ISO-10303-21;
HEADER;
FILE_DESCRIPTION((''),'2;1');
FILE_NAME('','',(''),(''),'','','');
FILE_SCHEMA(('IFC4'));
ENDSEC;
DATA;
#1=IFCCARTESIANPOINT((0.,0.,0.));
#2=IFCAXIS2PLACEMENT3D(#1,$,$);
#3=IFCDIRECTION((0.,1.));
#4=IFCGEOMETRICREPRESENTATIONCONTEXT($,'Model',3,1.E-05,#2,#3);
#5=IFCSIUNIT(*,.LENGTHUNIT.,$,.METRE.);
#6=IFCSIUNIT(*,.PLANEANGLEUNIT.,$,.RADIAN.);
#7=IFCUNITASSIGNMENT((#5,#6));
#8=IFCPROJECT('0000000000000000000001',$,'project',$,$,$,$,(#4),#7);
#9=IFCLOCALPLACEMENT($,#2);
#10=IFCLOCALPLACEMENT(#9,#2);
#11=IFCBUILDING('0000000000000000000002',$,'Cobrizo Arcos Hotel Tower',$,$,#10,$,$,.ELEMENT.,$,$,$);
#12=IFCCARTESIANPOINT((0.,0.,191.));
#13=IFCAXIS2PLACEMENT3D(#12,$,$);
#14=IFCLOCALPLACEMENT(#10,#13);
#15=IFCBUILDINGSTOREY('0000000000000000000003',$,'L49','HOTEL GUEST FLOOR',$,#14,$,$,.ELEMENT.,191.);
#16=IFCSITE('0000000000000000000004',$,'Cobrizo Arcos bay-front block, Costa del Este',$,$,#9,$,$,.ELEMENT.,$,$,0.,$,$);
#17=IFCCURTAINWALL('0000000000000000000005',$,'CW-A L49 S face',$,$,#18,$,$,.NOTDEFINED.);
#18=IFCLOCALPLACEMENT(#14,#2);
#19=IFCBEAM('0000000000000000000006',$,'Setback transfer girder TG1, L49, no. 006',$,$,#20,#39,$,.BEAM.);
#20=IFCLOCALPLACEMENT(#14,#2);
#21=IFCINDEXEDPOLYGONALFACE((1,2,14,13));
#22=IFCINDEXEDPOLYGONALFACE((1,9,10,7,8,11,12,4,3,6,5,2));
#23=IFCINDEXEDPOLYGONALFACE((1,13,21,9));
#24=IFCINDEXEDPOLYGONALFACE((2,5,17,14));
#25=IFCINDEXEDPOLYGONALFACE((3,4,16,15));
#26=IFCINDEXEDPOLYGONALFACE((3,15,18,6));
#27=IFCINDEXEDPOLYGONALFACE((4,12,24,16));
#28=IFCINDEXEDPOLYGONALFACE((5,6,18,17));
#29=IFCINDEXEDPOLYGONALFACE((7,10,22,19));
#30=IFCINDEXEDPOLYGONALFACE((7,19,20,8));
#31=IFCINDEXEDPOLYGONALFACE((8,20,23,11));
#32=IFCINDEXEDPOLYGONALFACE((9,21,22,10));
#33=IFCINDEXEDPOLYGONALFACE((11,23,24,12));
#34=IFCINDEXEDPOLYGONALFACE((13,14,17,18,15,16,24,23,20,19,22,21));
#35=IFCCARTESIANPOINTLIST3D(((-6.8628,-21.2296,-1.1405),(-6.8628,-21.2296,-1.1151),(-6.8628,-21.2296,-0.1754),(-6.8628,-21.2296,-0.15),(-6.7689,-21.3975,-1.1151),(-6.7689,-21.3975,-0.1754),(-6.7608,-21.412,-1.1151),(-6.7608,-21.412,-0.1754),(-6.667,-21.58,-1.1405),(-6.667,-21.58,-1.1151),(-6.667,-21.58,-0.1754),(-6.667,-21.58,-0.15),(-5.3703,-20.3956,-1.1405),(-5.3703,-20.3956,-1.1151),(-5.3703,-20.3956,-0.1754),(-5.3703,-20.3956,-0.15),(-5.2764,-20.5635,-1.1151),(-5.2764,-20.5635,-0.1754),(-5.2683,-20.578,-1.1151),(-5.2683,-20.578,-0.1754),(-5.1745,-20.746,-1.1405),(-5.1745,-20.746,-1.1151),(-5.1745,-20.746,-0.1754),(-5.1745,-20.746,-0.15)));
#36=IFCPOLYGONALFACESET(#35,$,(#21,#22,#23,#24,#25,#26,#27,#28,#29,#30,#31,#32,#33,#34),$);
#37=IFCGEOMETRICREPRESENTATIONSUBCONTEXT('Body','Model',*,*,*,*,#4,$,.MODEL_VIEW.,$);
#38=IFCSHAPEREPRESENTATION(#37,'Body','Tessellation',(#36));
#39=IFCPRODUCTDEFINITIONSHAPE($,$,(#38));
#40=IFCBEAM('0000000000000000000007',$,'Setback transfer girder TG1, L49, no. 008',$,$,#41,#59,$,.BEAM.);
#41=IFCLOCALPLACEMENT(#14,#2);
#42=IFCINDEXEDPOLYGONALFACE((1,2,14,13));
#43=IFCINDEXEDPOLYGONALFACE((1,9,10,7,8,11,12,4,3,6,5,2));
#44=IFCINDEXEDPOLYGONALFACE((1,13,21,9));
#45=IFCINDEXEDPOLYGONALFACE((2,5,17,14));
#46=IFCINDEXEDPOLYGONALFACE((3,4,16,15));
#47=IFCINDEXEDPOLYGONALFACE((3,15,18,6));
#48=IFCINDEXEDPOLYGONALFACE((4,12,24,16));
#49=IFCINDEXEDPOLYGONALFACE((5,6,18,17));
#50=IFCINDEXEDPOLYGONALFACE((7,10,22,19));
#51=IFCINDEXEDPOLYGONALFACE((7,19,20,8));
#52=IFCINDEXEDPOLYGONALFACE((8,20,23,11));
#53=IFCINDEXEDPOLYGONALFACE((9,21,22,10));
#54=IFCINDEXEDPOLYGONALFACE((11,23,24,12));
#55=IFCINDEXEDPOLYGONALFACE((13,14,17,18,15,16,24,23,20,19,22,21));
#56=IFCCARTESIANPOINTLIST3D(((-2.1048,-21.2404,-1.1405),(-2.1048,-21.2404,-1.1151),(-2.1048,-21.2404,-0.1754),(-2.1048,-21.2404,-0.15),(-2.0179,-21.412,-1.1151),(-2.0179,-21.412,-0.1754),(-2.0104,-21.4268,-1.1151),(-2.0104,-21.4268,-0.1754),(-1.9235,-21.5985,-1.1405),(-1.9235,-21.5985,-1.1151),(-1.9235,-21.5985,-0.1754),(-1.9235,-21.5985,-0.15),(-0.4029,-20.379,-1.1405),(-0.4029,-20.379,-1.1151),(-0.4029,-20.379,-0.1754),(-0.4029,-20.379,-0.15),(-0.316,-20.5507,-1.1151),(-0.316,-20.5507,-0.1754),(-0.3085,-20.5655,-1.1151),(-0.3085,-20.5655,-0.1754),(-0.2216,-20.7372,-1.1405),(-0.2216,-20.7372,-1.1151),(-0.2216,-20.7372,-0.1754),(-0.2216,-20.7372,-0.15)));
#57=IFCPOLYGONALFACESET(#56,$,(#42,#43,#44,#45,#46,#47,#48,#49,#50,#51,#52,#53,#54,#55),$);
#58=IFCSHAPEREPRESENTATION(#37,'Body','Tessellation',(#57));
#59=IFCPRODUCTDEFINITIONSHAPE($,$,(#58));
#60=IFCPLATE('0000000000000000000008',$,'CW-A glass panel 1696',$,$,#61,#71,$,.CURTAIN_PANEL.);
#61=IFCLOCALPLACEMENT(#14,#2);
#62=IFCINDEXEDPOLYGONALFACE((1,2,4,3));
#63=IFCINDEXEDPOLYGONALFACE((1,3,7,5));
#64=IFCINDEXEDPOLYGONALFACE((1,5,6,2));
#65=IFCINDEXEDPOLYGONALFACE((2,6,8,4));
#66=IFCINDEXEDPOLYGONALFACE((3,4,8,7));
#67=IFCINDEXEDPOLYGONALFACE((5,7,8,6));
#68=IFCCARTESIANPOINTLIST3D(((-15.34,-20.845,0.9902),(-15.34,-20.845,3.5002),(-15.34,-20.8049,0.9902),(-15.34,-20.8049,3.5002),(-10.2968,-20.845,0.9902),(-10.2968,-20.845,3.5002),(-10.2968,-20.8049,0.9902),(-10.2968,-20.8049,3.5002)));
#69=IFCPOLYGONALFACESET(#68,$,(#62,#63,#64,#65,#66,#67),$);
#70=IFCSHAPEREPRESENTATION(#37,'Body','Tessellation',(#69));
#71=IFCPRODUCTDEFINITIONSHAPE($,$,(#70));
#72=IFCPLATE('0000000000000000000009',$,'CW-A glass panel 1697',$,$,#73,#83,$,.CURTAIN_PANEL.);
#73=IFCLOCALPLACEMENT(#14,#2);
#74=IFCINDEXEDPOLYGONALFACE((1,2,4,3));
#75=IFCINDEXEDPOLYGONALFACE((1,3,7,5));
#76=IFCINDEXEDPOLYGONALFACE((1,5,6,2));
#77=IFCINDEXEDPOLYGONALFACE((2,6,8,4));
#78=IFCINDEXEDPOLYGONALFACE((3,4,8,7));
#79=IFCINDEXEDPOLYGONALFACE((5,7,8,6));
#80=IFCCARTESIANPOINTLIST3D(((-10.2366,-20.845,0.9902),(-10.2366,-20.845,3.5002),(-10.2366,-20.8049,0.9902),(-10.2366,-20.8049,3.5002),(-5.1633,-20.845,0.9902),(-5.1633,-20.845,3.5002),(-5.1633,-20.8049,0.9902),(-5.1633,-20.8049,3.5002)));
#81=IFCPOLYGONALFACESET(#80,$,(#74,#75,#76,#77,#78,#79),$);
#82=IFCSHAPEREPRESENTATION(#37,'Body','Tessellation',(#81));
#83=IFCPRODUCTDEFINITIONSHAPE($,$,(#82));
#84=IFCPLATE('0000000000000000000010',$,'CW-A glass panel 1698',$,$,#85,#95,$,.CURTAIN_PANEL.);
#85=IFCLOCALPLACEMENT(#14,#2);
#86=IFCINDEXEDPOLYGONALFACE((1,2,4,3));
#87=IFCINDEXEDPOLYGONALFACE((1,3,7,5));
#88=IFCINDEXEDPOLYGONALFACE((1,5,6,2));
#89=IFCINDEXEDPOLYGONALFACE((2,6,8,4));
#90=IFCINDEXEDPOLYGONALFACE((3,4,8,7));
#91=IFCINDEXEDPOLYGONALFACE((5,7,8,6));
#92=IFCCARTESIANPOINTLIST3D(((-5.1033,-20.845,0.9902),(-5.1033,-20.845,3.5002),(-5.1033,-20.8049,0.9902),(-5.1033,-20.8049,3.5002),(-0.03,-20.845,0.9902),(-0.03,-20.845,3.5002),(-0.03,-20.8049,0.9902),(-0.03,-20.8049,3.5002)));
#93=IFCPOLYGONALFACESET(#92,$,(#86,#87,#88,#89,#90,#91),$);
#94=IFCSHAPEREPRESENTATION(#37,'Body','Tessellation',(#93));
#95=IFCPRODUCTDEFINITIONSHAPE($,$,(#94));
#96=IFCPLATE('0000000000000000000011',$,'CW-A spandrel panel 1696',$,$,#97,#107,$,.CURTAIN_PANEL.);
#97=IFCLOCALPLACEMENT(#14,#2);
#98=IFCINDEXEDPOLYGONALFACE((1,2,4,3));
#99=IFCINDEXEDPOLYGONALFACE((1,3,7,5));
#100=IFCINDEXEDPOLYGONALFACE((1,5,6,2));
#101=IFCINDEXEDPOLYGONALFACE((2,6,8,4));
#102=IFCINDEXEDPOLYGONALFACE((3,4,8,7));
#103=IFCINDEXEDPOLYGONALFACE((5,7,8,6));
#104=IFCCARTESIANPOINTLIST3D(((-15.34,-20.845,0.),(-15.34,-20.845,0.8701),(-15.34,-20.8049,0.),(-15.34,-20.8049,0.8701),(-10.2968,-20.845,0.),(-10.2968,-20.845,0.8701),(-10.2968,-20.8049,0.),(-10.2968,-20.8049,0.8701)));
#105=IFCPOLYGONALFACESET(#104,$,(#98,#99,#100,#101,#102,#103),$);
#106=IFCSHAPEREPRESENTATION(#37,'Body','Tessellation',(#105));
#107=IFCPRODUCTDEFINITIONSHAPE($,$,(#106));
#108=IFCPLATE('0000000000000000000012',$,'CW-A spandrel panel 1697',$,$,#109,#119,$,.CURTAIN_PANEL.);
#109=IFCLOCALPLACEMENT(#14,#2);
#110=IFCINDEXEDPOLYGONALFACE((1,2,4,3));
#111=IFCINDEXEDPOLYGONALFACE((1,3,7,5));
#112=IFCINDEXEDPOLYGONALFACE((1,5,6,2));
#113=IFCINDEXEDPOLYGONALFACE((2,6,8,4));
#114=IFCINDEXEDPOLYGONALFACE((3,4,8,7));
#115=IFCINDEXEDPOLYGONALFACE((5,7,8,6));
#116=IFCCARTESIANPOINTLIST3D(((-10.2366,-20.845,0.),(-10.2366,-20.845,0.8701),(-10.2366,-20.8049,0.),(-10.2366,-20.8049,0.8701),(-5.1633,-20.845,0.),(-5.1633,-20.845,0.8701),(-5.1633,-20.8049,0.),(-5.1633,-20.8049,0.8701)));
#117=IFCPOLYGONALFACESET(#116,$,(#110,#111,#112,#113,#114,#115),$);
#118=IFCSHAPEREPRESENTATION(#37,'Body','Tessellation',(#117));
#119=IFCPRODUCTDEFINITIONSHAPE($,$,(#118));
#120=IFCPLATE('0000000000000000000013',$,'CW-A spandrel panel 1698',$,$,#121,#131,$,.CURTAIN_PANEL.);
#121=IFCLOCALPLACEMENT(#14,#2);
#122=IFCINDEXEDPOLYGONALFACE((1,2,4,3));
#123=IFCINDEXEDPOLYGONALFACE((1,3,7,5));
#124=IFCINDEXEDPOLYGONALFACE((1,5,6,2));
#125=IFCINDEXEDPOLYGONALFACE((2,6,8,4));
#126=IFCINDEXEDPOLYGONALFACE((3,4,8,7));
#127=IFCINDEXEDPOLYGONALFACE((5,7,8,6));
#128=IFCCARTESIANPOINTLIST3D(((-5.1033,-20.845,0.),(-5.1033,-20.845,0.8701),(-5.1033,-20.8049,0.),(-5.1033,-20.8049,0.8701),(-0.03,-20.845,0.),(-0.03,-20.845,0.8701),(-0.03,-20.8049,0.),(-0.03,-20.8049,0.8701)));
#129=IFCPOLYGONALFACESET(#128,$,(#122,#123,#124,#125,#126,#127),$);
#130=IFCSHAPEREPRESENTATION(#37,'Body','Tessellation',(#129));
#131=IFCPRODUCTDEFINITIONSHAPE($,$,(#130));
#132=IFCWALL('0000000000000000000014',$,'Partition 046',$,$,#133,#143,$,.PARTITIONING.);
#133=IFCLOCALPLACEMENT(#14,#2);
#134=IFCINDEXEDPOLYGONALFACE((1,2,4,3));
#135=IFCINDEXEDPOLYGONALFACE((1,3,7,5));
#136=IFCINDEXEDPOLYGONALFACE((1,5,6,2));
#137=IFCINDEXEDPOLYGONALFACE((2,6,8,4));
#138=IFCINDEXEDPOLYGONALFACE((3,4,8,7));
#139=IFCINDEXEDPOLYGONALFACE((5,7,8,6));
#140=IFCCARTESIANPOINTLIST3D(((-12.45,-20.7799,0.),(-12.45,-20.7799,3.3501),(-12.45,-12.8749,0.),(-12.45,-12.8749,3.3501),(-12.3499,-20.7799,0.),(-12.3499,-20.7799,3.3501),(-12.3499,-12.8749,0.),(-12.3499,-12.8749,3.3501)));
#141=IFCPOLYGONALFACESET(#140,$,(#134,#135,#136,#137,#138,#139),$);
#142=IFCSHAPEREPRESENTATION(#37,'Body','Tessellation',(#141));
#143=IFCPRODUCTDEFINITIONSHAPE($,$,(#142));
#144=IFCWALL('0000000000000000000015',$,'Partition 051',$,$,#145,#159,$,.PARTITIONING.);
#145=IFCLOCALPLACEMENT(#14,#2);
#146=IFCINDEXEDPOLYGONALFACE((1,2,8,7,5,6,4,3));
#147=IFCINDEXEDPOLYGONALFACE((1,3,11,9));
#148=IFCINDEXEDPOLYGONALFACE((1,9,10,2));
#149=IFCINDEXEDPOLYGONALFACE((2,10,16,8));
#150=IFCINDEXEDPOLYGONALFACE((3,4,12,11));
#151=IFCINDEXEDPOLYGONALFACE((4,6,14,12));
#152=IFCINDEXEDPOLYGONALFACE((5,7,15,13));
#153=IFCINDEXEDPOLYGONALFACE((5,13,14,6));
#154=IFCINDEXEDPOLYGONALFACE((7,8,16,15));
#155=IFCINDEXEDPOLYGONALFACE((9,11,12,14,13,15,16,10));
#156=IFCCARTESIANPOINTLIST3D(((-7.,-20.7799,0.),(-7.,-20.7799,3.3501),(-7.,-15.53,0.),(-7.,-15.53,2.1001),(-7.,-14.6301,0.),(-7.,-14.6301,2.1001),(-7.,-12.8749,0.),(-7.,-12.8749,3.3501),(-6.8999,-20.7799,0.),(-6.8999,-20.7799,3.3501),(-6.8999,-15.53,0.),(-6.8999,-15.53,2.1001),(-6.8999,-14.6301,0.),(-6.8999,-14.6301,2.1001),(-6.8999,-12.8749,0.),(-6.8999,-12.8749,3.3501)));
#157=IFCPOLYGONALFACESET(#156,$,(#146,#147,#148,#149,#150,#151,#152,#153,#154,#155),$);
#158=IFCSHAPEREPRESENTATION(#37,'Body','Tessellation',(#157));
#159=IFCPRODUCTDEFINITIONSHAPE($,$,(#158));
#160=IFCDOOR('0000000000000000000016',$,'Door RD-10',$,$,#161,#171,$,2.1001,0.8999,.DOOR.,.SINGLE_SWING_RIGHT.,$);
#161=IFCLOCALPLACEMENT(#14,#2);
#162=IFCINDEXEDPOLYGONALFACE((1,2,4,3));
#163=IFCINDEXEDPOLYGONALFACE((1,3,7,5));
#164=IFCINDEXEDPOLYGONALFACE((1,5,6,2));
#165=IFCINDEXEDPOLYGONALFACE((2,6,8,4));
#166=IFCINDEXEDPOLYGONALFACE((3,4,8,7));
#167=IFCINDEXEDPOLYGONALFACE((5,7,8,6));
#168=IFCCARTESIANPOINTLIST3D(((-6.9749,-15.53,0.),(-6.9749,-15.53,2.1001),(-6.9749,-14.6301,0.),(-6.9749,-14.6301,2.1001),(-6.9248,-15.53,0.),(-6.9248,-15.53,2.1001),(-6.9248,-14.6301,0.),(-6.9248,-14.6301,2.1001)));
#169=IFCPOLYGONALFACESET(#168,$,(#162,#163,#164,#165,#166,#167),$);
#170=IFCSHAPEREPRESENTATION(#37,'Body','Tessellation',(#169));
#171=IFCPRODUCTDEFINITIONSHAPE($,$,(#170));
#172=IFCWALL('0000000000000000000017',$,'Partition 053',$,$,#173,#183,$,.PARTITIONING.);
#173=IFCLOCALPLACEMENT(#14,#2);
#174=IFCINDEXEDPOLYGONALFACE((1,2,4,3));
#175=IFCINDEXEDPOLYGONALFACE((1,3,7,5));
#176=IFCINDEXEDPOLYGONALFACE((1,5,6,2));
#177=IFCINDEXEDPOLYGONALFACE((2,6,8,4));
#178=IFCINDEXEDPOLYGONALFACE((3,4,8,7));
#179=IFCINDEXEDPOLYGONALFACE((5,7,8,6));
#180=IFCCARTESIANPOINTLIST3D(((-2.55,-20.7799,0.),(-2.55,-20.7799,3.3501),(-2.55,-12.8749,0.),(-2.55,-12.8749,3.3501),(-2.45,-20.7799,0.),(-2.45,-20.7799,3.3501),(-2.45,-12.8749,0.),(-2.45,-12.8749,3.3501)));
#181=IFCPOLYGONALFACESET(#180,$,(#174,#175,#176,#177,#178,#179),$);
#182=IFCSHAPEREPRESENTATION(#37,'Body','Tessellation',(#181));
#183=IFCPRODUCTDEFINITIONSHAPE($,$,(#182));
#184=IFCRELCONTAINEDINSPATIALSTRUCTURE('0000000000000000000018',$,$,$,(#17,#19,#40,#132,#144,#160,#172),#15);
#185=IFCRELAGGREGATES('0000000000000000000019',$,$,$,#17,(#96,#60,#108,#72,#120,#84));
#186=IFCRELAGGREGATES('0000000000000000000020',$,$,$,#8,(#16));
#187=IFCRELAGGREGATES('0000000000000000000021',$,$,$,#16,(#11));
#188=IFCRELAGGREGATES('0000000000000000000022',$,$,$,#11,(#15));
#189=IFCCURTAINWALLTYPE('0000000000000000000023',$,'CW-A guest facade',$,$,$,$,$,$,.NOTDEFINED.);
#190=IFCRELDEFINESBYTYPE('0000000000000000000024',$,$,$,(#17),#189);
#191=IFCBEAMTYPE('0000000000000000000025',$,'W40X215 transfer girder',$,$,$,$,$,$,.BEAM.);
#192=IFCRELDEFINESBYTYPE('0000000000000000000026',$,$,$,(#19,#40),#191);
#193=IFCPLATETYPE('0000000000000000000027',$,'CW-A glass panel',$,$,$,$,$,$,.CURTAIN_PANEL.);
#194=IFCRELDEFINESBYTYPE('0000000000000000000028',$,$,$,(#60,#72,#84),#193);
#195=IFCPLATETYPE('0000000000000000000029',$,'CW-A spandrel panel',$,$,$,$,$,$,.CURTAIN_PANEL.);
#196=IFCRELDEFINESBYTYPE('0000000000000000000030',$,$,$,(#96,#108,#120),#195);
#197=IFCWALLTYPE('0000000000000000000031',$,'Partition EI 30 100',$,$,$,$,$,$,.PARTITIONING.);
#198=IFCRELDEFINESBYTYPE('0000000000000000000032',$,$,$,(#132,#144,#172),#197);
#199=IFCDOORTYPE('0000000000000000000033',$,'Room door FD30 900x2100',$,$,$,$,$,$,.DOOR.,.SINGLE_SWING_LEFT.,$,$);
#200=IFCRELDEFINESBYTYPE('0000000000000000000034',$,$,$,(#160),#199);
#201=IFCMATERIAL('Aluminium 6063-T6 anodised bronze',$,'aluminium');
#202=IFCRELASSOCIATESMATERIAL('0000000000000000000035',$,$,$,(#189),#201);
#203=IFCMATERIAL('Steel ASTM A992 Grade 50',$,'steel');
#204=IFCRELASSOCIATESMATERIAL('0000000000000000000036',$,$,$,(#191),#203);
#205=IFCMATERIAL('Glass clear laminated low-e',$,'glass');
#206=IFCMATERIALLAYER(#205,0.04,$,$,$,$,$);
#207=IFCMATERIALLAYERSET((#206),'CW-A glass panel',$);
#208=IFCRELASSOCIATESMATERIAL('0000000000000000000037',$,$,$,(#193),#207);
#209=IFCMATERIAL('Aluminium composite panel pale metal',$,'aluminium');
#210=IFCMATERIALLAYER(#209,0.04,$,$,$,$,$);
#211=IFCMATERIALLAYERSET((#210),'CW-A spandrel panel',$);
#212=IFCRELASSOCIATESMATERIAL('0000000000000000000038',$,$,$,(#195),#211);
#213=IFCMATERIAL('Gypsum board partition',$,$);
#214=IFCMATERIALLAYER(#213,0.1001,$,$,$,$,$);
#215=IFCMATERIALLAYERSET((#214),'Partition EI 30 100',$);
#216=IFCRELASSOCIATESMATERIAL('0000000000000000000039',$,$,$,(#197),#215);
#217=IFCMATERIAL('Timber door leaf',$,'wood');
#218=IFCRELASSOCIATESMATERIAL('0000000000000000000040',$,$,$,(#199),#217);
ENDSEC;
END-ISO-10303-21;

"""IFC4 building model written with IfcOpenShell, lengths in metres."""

from ifc_helpers import new_model, si_unit, direction, frame, frame_2d, origin, origin_2d, place, context, subcontext, project, spatial, rectangle, i_section, extrude, material, layer, layer_set, material_profile, profile_set, type_object, element, fill, aggregate, save


model = new_model("IFC4")

# Units and contexts
model_context = context("Model", 3, precision=1e-05, world=origin(), true_north=direction((0.0, 1.0)))
body_context = subcontext(model_context, "Body", "Model", "MODEL_VIEW")
ifc_project = project(units=[si_unit("LENGTHUNIT", "METRE"), si_unit("PLANEANGLEUNIT", "RADIAN")], contexts=[model_context])

# Site, building, storey
site_placement = place(None, origin())
site = spatial("IfcSite", under=ifc_project, at=site_placement, Name="Cobrizo Arcos bay-front block, Costa del Este", CompositionType="ELEMENT", RefElevation=0.0)
building_placement = place(site_placement, origin())
building = spatial("IfcBuilding", under=site, at=building_placement, Name="Cobrizo Arcos Hotel Tower", CompositionType="ELEMENT")
storey_placement = place(building_placement, frame((0.0, 0.0, 191.0)))
storey = spatial("IfcBuildingStorey", under=building, at=storey_placement, Name="L49", Description="HOTEL GUEST FLOOR", CompositionType="ELEMENT", Elevation=191.0)

# Curtain wall
ifc_material_1 = material(Name="Aluminium 6063-T6 anodised bronze", Category="aluminium")
curtain_wall_type = type_object("IfcCurtainWallType", Name="CW-A guest facade", PredefinedType="NOTDEFINED", material=ifc_material_1)
curtain_wall_placement = place(storey_placement, origin())
curtain_wall = element("IfcCurtainWall", 1, at=curtain_wall_placement, inside=storey, type_object=curtain_wall_type, Name="CW-A L49 S face", PredefinedType="NOTDEFINED")

# Beams
ifc_material_2 = material(Name="Steel ASTM A992 Grade 50", Category="steel")
ifc_material_profile_1 = material_profile(ifc_material_2, i_section(OverallWidth=0.4014, OverallDepth=0.9905, WebThickness=0.0166, FlangeThickness=0.0254, at=origin_2d()), Name="W40X215")
ifc_profile_set_1 = profile_set([ifc_material_profile_1], Name="Steel ASTM A992 Grade 50")
beam_type_1 = type_object("IfcBeamType", Name="W40X215 transfer girder", PredefinedType="BEAM", material=ifc_profile_set_1)
beam_1_placement = place(storey_placement, frame((-6.7649, -21.4048, -0.6453), z_axis=(0.872949, 0.487812, 0.0), x_axis=(-0.487812, 0.872949, 0.0)))
element("IfcBeam", 2, at=beam_1_placement, inside=storey, type_object=beam_type_1, Name="Setback transfer girder TG1, L49, no. 006", PredefinedType="BEAM", context=body_context, shape_type="SweptSolid", body=[
    extrude(i_section(OverallWidth=0.4014, OverallDepth=0.9905, WebThickness=0.0166, FlangeThickness=0.0254, at=origin_2d()), origin(), (0.0, 0.0, 1.0), 1.7097),
])
beam_2_placement = place(storey_placement, frame((-2.0142, -21.4194, -0.6453), z_axis=(0.892241, 0.45156, 0.0), x_axis=(-0.45156, 0.892241, 0.0)))
element("IfcBeam", 3, at=beam_2_placement, inside=storey, type_object=beam_type_1, Name="Setback transfer girder TG1, L49, no. 008", PredefinedType="BEAM", context=body_context, shape_type="SweptSolid", body=[
    extrude(i_section(OverallWidth=0.4014, OverallDepth=0.9905, WebThickness=0.0166, FlangeThickness=0.0254, at=origin_2d()), origin(), (0.0, 0.0, 1.0), 1.9075),
])

# Plates
ifc_material_3 = material(Name="Glass clear laminated low-e", Category="glass")
ifc_layer_1 = layer(ifc_material_3, 0.04)
ifc_layer_set_1 = layer_set([ifc_layer_1], Name="CW-A glass panel")
plate_type_1 = type_object("IfcPlateType", Name="CW-A glass panel", PredefinedType="CURTAIN_PANEL", material=ifc_layer_set_1)
plate_1_placement = place(storey_placement, frame((-12.8184, -20.825, 0.9902), z_axis=(0.0, 0.0, 1.0), x_axis=(1.0, 0.0, 0.0)))
plate_1 = element("IfcPlate", 4, at=plate_1_placement, type_object=plate_type_1, Name="CW-A glass panel 1696", PredefinedType="CURTAIN_PANEL", context=body_context, shape_type="SweptSolid", body=[
    extrude(rectangle(XDim=5.0432, YDim=0.04, at=origin_2d()), origin(), (0.0, 0.0, 1.0), 2.51),
])
plate_2_placement = place(storey_placement, frame((-7.7, -20.825, 0.9902), z_axis=(0.0, 0.0, 1.0), x_axis=(1.0, 0.0, 0.0)))
plate_2 = element("IfcPlate", 5, at=plate_2_placement, type_object=plate_type_1, Name="CW-A glass panel 1697", PredefinedType="CURTAIN_PANEL", context=body_context, shape_type="SweptSolid", body=[
    extrude(rectangle(XDim=5.0732, YDim=0.04, at=origin_2d()), origin(), (0.0, 0.0, 1.0), 2.51),
])
plate_3_placement = place(storey_placement, frame((-2.5667, -20.825, 0.9902), z_axis=(0.0, 0.0, 1.0), x_axis=(1.0, 0.0, 0.0)))
plate_3 = element("IfcPlate", 6, at=plate_3_placement, type_object=plate_type_1, Name="CW-A glass panel 1698", PredefinedType="CURTAIN_PANEL", context=body_context, shape_type="SweptSolid", body=[
    extrude(rectangle(XDim=5.0732, YDim=0.04, at=origin_2d()), origin(), (0.0, 0.0, 1.0), 2.51),
])
ifc_material_4 = material(Name="Aluminium composite panel pale metal", Category="aluminium")
ifc_layer_2 = layer(ifc_material_4, 0.04)
ifc_layer_set_2 = layer_set([ifc_layer_2], Name="CW-A spandrel panel")
plate_type_2 = type_object("IfcPlateType", Name="CW-A spandrel panel", PredefinedType="CURTAIN_PANEL", material=ifc_layer_set_2)
plate_4_placement = place(storey_placement, frame((-12.8184, -20.825, 0.0), z_axis=(0.0, 0.0, 1.0), x_axis=(1.0, 0.0, 0.0)))
plate_4 = element("IfcPlate", 7, at=plate_4_placement, type_object=plate_type_2, Name="CW-A spandrel panel 1696", PredefinedType="CURTAIN_PANEL", context=body_context, shape_type="SweptSolid", body=[
    extrude(rectangle(XDim=5.0432, YDim=0.04, at=origin_2d()), origin(), (0.0, 0.0, 1.0), 0.8701),
])
plate_5_placement = place(storey_placement, frame((-7.7, -20.825, 0.0), z_axis=(0.0, 0.0, 1.0), x_axis=(1.0, 0.0, 0.0)))
plate_5 = element("IfcPlate", 8, at=plate_5_placement, type_object=plate_type_2, Name="CW-A spandrel panel 1697", PredefinedType="CURTAIN_PANEL", context=body_context, shape_type="SweptSolid", body=[
    extrude(rectangle(XDim=5.0732, YDim=0.04, at=origin_2d()), origin(), (0.0, 0.0, 1.0), 0.8701),
])
plate_6_placement = place(storey_placement, frame((-2.5667, -20.825, 0.0), z_axis=(0.0, 0.0, 1.0), x_axis=(1.0, 0.0, 0.0)))
plate_6 = element("IfcPlate", 9, at=plate_6_placement, type_object=plate_type_2, Name="CW-A spandrel panel 1698", PredefinedType="CURTAIN_PANEL", context=body_context, shape_type="SweptSolid", body=[
    extrude(rectangle(XDim=5.0732, YDim=0.04, at=origin_2d()), origin(), (0.0, 0.0, 1.0), 0.8701),
])
aggregate(curtain_wall, [plate_4, plate_1, plate_5, plate_2, plate_6, plate_3])

# Wall
ifc_material_5 = material(Name="Gypsum board partition")
ifc_layer_3 = layer(ifc_material_5, 0.1001)
ifc_layer_set_3 = layer_set([ifc_layer_3], Name="Partition EI 30 100")
wall_type = type_object("IfcWallType", Name="Partition EI 30 100", PredefinedType="PARTITIONING", material=ifc_layer_set_3)
wall_1_placement = place(storey_placement, frame((-12.3999, -20.78, 0.0), z_axis=(0.0, 0.0, 1.0), x_axis=(0.0, 1.0, 0.0)))
element("IfcWall", 10, at=wall_1_placement, inside=storey, type_object=wall_type, Name="Partition 046", PredefinedType="PARTITIONING", context=body_context, shape_type="SweptSolid", body=[
    extrude(rectangle(XDim=7.905, YDim=0.1001, at=frame_2d((3.9526, 0.0))), origin(), (0.0, 0.0, 1.0), 3.3501),
])

# Wall, opening, door
wall_2_placement = place(storey_placement, frame((-6.95, -20.78, 0.0), z_axis=(0.0, 0.0, 1.0), x_axis=(0.0, 1.0, 0.0)))
wall_2 = element("IfcWall", 11, at=wall_2_placement, inside=storey, type_object=wall_type, Name="Partition 051", PredefinedType="PARTITIONING", context=body_context, shape_type="SweptSolid", body=[
    extrude(rectangle(XDim=7.905, YDim=0.1001, at=frame_2d((3.9526, 0.0))), origin(), (0.0, 0.0, 1.0), 3.3501),
])
opening_placement = place(wall_2_placement, frame((5.25, 0.0, 0.0)))
opening = element("IfcOpeningElement", 12, at=opening_placement, cuts=wall_2, PredefinedType="OPENING", context=body_context, shape_type="SweptSolid", body=[
    extrude(rectangle(XDim=0.8999, YDim=2.1001, at=frame_2d((0.45, 1.05))), frame((0.0, 0.062, 0.0), z_axis=(0.0, -1.0, 0.0), x_axis=(1.0, 0.0, 0.0)), (0.0, 0.0, 1.0), 0.124),
])
ifc_material_6 = material(Name="Timber door leaf", Category="wood")
door_type = type_object("IfcDoorType", Name="Room door FD30 900x2100", OperationType="SINGLE_SWING_LEFT", PredefinedType="DOOR", material=ifc_material_6)
door_placement = place(opening_placement, origin())
door = element("IfcDoor", 13, at=door_placement, inside=storey, type_object=door_type, Name="Door RD-10", OperationType="SINGLE_SWING_RIGHT", OverallHeight=2.1001, OverallWidth=0.8999, PredefinedType="DOOR", context=body_context, shape_type="SweptSolid", body=[
    extrude(rectangle(XDim=0.8999, YDim=2.1001, at=frame_2d((0.45, 1.05))), frame((0.0, 0.0249, 0.0), z_axis=(0.0, -1.0, 0.0), x_axis=(1.0, 0.0, 0.0)), (0.0, 0.0, 1.0), 0.05),
])
fill(opening, door)

# Wall
wall_3_placement = place(storey_placement, frame((-2.5, -20.78, 0.0), z_axis=(0.0, 0.0, 1.0), x_axis=(0.0, 1.0, 0.0)))
element("IfcWall", 14, at=wall_3_placement, inside=storey, type_object=wall_type, Name="Partition 053", PredefinedType="PARTITIONING", context=body_context, shape_type="SweptSolid", body=[
    extrude(rectangle(XDim=7.905, YDim=0.1001, at=frame_2d((3.9526, 0.0))), origin(), (0.0, 0.0, 1.0), 3.3501),
])

save(model, "model.ifc")
